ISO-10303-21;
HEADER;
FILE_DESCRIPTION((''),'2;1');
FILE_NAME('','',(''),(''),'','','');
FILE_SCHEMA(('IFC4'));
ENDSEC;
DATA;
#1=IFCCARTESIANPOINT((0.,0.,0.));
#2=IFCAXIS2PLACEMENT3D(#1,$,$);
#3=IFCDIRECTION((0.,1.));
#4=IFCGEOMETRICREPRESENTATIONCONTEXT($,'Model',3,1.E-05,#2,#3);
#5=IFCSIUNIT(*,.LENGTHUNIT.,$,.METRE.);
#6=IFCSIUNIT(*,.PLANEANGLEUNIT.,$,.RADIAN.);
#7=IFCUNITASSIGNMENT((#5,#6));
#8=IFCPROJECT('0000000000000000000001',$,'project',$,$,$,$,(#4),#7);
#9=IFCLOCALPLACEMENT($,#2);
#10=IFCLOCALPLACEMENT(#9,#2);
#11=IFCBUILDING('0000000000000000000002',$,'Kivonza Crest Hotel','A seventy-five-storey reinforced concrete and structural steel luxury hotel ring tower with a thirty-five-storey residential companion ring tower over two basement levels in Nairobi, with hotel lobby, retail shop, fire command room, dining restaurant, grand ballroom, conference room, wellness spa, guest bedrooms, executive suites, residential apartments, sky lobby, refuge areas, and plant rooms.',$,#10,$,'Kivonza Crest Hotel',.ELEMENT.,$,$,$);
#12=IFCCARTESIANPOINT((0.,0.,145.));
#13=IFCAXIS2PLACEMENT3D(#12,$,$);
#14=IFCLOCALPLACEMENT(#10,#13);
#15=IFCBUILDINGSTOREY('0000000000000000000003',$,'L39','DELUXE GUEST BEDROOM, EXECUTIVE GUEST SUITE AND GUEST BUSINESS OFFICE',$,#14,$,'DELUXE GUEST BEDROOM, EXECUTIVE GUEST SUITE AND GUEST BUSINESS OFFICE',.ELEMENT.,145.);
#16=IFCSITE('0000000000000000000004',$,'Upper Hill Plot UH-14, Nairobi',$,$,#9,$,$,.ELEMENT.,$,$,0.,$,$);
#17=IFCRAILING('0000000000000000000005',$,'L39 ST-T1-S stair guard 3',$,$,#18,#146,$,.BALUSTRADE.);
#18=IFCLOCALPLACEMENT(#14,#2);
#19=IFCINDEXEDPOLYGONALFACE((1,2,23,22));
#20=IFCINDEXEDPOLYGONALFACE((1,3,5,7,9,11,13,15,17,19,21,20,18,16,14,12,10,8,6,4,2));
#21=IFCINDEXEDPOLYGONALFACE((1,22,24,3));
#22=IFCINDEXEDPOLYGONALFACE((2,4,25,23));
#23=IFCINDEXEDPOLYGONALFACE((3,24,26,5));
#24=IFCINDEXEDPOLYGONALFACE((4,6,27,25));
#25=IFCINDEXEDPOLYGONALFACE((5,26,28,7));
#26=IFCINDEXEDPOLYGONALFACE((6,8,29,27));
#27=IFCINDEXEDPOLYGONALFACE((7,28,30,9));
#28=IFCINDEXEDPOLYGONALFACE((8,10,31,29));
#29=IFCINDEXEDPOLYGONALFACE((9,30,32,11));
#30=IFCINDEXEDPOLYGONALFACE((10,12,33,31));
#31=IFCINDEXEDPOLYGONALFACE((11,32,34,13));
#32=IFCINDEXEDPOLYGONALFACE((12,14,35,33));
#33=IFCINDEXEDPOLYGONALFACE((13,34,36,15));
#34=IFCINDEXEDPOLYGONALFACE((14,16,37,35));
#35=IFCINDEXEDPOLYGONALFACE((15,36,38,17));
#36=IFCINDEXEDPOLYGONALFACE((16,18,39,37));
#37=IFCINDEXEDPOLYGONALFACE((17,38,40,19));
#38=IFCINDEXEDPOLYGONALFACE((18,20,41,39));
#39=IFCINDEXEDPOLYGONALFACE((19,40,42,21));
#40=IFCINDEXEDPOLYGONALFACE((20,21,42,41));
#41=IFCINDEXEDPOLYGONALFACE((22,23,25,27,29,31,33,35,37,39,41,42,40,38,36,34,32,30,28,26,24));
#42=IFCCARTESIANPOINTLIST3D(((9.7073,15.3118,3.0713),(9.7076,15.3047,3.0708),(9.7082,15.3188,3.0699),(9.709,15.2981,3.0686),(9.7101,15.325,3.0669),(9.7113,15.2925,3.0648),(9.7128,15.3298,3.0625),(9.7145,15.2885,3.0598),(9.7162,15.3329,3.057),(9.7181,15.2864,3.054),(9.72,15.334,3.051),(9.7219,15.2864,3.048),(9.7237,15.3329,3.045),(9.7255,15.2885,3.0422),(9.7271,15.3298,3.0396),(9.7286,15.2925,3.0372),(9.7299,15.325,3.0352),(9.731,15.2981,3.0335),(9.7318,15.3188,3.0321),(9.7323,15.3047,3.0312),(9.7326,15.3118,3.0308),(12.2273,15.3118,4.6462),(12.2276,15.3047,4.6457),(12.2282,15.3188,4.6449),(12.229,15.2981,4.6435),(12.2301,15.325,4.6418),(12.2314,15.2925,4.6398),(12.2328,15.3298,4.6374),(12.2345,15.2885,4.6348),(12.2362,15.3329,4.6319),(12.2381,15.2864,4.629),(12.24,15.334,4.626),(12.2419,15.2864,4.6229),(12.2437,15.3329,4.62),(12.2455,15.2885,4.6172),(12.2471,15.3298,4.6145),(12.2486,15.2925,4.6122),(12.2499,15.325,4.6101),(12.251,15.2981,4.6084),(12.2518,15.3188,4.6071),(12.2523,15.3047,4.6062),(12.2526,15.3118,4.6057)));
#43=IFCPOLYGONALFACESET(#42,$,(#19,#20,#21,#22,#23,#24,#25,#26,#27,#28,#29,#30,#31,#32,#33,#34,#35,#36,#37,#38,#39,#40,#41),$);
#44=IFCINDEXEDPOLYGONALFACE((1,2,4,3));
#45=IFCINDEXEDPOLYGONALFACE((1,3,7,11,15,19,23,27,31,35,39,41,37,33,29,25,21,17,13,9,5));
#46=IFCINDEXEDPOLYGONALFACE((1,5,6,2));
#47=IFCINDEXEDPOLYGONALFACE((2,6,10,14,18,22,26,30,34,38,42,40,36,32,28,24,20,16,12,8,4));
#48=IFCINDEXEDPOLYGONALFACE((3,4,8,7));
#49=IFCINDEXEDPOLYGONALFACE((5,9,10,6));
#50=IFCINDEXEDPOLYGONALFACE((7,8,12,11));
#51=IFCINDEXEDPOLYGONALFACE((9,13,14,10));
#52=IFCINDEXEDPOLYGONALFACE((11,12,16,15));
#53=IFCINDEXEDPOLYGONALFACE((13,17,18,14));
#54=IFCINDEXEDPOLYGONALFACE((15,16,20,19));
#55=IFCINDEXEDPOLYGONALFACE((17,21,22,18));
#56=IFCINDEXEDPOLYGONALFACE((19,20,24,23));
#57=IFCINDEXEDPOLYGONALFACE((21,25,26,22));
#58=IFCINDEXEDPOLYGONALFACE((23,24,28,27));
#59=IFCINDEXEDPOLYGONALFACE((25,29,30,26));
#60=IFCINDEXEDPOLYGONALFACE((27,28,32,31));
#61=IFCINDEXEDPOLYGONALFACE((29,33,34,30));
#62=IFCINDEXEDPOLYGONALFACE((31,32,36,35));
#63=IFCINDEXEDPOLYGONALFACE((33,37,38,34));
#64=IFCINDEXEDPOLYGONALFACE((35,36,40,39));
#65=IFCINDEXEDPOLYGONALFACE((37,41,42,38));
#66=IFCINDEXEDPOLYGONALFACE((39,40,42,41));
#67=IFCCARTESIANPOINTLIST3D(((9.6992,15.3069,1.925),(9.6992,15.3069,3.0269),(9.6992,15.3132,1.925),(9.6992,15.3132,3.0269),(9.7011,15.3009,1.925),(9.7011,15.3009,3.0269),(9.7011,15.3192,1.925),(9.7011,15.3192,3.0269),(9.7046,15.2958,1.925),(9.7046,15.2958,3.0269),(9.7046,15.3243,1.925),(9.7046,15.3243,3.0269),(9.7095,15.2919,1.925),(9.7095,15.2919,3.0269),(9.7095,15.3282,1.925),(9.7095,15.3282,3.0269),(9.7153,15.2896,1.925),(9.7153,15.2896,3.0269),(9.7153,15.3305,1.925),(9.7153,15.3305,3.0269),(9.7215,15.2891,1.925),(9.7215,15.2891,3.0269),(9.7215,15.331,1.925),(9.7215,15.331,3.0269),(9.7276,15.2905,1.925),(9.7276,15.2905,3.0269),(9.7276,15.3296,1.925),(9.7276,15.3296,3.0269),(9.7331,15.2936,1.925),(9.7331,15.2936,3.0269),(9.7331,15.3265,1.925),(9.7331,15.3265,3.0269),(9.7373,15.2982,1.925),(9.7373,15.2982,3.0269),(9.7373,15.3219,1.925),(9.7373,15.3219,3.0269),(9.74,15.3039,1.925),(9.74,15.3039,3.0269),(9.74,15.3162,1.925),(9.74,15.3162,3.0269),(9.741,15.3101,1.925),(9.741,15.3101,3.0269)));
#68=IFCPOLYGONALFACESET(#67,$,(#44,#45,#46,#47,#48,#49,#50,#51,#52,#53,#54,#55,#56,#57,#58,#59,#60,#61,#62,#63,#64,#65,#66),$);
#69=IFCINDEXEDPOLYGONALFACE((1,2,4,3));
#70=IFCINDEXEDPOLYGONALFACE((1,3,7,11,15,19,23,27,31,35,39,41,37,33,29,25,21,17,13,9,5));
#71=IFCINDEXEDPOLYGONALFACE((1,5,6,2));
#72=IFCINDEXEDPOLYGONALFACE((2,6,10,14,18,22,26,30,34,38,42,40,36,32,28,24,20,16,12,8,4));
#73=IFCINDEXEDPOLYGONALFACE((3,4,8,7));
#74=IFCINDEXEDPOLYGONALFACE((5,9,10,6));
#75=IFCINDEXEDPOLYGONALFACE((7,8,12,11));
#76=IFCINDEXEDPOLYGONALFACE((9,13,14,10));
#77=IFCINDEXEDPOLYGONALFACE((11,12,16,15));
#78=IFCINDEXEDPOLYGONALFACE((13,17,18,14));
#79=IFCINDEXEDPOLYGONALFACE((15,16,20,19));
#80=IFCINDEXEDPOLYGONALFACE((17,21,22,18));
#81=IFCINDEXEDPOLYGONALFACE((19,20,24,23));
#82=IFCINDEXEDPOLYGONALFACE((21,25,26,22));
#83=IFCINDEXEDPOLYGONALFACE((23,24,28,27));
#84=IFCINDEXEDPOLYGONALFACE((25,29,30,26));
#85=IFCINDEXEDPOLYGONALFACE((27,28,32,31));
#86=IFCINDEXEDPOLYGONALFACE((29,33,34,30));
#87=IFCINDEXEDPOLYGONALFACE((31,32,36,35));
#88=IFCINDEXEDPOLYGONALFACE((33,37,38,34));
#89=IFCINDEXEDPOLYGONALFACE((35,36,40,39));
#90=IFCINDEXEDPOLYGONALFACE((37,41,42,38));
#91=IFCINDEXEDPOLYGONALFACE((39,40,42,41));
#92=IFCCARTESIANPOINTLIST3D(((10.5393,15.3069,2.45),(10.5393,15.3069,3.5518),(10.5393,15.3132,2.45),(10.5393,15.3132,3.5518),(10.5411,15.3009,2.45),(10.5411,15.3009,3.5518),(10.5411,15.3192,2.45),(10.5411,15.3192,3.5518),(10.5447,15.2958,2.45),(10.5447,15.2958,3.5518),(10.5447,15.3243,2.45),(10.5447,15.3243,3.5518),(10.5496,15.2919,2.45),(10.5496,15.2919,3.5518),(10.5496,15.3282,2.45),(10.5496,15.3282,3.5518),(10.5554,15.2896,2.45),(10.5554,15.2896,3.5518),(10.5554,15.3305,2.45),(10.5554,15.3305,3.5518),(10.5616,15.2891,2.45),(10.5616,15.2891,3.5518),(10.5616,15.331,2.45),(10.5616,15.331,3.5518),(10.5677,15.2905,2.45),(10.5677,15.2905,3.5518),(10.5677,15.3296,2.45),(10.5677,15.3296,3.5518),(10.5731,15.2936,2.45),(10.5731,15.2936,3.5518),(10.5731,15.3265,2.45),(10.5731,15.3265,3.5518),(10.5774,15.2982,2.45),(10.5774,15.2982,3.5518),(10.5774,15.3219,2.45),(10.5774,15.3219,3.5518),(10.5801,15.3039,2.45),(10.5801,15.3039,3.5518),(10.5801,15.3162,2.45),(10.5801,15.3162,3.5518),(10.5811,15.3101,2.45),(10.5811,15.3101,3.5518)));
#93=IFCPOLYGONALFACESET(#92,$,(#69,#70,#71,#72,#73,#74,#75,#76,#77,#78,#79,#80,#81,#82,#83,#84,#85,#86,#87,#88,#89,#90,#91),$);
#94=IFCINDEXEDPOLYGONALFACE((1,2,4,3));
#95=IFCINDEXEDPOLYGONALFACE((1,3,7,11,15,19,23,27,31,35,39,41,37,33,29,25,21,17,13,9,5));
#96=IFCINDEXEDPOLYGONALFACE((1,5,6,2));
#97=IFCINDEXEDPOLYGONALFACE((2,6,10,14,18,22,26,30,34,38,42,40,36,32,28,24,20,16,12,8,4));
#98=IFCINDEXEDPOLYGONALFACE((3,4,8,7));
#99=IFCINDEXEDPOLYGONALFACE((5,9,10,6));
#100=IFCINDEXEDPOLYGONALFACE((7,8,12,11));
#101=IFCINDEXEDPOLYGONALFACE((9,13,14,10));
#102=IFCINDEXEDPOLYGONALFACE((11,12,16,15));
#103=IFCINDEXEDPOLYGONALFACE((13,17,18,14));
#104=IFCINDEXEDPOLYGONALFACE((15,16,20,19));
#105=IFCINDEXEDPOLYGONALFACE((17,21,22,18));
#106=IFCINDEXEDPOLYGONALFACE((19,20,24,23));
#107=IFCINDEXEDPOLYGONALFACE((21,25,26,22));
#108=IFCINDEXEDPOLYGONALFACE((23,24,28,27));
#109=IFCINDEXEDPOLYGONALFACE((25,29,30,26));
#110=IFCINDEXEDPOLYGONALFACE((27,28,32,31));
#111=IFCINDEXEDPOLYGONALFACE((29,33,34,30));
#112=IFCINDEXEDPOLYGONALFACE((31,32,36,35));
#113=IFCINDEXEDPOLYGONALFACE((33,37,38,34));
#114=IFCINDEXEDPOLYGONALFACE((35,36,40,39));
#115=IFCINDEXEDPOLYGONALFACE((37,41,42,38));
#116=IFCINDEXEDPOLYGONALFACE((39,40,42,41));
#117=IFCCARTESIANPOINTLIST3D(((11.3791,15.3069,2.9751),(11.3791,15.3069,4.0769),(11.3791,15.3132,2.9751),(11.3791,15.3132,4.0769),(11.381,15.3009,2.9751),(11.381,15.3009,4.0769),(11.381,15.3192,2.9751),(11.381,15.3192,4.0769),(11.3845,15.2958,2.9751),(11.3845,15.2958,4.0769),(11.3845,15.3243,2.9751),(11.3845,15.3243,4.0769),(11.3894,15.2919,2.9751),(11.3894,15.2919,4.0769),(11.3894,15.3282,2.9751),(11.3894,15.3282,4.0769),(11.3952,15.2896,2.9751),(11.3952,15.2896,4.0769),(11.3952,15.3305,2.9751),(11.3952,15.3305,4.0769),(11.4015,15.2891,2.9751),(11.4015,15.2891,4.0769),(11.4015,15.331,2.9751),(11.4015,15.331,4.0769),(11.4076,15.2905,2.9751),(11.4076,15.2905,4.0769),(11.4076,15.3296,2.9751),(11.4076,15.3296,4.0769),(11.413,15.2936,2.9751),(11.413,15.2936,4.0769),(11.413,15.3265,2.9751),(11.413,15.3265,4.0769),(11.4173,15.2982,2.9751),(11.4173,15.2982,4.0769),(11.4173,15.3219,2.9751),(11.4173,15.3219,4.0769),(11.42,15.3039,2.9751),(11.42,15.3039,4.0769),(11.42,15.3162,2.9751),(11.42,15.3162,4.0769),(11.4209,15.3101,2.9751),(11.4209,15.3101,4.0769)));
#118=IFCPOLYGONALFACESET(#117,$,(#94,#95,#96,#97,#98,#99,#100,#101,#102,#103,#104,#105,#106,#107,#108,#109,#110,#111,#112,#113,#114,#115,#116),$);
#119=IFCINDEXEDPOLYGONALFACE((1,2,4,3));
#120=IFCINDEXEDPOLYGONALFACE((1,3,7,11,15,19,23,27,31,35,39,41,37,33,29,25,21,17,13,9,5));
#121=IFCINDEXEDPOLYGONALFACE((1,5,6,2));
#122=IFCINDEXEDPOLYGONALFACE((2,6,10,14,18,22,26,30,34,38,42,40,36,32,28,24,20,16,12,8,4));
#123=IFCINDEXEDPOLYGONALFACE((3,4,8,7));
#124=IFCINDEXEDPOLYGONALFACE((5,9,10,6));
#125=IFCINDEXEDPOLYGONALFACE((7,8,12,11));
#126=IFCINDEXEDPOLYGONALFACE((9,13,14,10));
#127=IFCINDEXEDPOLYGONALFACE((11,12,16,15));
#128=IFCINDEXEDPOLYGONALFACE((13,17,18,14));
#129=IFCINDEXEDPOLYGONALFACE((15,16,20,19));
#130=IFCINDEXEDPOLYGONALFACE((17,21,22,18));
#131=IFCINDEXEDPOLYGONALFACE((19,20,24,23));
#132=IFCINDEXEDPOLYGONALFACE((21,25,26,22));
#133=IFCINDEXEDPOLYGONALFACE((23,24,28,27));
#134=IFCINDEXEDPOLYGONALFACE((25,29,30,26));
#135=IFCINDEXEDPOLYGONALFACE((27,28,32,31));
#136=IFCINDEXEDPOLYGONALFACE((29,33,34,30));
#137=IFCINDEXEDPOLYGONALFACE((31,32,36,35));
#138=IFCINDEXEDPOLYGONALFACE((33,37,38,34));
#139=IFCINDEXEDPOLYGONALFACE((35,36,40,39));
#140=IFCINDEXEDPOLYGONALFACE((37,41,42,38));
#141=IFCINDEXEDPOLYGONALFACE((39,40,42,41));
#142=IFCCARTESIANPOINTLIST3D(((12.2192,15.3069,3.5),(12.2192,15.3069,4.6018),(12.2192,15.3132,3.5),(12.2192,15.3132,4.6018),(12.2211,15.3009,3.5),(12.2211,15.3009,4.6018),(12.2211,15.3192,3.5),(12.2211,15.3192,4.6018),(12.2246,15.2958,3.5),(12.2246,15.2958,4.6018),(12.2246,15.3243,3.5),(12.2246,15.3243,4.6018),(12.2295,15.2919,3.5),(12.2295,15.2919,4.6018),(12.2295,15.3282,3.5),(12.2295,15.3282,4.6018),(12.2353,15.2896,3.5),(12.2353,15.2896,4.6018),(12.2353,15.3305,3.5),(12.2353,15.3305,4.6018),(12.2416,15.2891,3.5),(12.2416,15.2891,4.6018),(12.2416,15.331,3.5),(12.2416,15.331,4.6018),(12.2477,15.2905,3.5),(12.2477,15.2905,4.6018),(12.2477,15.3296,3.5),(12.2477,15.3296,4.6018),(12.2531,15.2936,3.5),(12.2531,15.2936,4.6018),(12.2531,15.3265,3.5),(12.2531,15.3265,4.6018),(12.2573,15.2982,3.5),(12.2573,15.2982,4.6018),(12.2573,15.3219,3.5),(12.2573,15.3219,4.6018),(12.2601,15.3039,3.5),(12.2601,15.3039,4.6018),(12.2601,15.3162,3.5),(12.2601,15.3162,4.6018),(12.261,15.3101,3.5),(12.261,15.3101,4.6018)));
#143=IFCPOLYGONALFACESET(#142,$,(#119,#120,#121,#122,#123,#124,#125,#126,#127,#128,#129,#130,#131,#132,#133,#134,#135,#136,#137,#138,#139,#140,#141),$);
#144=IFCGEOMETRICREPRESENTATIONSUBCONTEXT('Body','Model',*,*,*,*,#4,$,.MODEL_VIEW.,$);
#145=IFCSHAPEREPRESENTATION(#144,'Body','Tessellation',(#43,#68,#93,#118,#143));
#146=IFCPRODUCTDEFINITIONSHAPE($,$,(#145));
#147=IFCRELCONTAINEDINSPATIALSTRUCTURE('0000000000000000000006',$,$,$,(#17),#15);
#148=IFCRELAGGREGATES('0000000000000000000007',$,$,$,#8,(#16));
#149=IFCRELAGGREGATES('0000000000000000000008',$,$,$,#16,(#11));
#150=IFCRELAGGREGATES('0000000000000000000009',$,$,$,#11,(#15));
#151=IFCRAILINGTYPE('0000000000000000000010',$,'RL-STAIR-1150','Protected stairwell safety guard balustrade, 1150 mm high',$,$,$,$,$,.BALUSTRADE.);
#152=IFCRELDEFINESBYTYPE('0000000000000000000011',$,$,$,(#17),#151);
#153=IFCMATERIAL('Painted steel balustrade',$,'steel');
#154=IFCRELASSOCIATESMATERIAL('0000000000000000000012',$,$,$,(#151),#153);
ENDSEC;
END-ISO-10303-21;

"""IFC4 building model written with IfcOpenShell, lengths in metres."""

from ifc_helpers import new_model, si_unit, direction, frame, origin, origin_2d, place, context, subcontext, project, spatial, circle, extrude, material, type_object, element, save


model = new_model("IFC4")

# Units and contexts
model_context = context("Model", 3, precision=1e-05, world=origin(), true_north=direction((0.0, 1.0)))
body_context = subcontext(model_context, "Body", "Model", "MODEL_VIEW")
ifc_project = project(units=[si_unit("LENGTHUNIT", "METRE"), si_unit("PLANEANGLEUNIT", "RADIAN")], contexts=[model_context])

# Site, building, storey
site_placement = place(None, origin())
site = spatial("IfcSite", under=ifc_project, at=site_placement, Name="Upper Hill Plot UH-14, Nairobi", CompositionType="ELEMENT", RefElevation=0.0)
building_placement = place(site_placement, origin())
building = spatial("IfcBuilding", under=site, at=building_placement, Name="Kivonza Crest Hotel", Description="A seventy-five-storey reinforced concrete and structural steel luxury hotel ring tower with a thirty-five-storey residential companion ring tower over two basement levels in Nairobi, with hotel lobby, retail shop, fire command room, dining restaurant, grand ballroom, conference room, wellness spa, guest bedrooms, executive suites, residential apartments, sky lobby, refuge areas, and plant rooms.", LongName="Kivonza Crest Hotel", CompositionType="ELEMENT")
storey_placement = place(building_placement, frame((0.0, 0.0, 145.0)))
storey = spatial("IfcBuildingStorey", under=building, at=storey_placement, Name="L39", Description="DELUXE GUEST BEDROOM, EXECUTIVE GUEST SUITE AND GUEST BUSINESS OFFICE", LongName="DELUXE GUEST BEDROOM, EXECUTIVE GUEST SUITE AND GUEST BUSINESS OFFICE", CompositionType="ELEMENT", Elevation=145.0)

# Railing
ifc_material_1 = material(Name="Painted steel balustrade", Category="steel")
railing_type_1 = type_object("IfcRailingType", Name="RL-STAIR-1150", Description="Protected stairwell safety guard balustrade, 1150 mm high", PredefinedType="BALUSTRADE", material=ifc_material_1)
railing_1_placement = place(storey_placement, frame((9.72, 15.3101, 1.925)))
element("IfcRailing", 1, at=railing_1_placement, inside=storey, type_object=railing_type_1, Name="L39 ST-T1-S stair guard 3", PredefinedType="BALUSTRADE", context=body_context, shape_type="SweptSolid", body=[
    extrude(circle(Radius=0.0239, at=origin_2d()), frame((0.0, 0.0, 1.126), z_axis=(0.848008, 0.0, 0.529984), x_axis=(0.0, 1.0, 0.0)), (0.0, 0.0, 1.0), 2.9717),
    extrude(circle(Radius=0.021, at=origin_2d()), origin(), (0.0, 0.0, 1.0), 1.1018),
    extrude(circle(Radius=0.021, at=origin_2d()), frame((0.8401, 0.0, 0.5249)), (0.0, 0.0, 1.0), 1.1018),
    extrude(circle(Radius=0.021, at=origin_2d()), frame((1.6799, 0.0, 1.05)), (0.0, 0.0, 1.0), 1.1018),
    extrude(circle(Radius=0.021, at=origin_2d()), frame((2.52, 0.0, 1.575)), (0.0, 0.0, 1.0), 1.1018),
])

save(model, "model.ifc")
